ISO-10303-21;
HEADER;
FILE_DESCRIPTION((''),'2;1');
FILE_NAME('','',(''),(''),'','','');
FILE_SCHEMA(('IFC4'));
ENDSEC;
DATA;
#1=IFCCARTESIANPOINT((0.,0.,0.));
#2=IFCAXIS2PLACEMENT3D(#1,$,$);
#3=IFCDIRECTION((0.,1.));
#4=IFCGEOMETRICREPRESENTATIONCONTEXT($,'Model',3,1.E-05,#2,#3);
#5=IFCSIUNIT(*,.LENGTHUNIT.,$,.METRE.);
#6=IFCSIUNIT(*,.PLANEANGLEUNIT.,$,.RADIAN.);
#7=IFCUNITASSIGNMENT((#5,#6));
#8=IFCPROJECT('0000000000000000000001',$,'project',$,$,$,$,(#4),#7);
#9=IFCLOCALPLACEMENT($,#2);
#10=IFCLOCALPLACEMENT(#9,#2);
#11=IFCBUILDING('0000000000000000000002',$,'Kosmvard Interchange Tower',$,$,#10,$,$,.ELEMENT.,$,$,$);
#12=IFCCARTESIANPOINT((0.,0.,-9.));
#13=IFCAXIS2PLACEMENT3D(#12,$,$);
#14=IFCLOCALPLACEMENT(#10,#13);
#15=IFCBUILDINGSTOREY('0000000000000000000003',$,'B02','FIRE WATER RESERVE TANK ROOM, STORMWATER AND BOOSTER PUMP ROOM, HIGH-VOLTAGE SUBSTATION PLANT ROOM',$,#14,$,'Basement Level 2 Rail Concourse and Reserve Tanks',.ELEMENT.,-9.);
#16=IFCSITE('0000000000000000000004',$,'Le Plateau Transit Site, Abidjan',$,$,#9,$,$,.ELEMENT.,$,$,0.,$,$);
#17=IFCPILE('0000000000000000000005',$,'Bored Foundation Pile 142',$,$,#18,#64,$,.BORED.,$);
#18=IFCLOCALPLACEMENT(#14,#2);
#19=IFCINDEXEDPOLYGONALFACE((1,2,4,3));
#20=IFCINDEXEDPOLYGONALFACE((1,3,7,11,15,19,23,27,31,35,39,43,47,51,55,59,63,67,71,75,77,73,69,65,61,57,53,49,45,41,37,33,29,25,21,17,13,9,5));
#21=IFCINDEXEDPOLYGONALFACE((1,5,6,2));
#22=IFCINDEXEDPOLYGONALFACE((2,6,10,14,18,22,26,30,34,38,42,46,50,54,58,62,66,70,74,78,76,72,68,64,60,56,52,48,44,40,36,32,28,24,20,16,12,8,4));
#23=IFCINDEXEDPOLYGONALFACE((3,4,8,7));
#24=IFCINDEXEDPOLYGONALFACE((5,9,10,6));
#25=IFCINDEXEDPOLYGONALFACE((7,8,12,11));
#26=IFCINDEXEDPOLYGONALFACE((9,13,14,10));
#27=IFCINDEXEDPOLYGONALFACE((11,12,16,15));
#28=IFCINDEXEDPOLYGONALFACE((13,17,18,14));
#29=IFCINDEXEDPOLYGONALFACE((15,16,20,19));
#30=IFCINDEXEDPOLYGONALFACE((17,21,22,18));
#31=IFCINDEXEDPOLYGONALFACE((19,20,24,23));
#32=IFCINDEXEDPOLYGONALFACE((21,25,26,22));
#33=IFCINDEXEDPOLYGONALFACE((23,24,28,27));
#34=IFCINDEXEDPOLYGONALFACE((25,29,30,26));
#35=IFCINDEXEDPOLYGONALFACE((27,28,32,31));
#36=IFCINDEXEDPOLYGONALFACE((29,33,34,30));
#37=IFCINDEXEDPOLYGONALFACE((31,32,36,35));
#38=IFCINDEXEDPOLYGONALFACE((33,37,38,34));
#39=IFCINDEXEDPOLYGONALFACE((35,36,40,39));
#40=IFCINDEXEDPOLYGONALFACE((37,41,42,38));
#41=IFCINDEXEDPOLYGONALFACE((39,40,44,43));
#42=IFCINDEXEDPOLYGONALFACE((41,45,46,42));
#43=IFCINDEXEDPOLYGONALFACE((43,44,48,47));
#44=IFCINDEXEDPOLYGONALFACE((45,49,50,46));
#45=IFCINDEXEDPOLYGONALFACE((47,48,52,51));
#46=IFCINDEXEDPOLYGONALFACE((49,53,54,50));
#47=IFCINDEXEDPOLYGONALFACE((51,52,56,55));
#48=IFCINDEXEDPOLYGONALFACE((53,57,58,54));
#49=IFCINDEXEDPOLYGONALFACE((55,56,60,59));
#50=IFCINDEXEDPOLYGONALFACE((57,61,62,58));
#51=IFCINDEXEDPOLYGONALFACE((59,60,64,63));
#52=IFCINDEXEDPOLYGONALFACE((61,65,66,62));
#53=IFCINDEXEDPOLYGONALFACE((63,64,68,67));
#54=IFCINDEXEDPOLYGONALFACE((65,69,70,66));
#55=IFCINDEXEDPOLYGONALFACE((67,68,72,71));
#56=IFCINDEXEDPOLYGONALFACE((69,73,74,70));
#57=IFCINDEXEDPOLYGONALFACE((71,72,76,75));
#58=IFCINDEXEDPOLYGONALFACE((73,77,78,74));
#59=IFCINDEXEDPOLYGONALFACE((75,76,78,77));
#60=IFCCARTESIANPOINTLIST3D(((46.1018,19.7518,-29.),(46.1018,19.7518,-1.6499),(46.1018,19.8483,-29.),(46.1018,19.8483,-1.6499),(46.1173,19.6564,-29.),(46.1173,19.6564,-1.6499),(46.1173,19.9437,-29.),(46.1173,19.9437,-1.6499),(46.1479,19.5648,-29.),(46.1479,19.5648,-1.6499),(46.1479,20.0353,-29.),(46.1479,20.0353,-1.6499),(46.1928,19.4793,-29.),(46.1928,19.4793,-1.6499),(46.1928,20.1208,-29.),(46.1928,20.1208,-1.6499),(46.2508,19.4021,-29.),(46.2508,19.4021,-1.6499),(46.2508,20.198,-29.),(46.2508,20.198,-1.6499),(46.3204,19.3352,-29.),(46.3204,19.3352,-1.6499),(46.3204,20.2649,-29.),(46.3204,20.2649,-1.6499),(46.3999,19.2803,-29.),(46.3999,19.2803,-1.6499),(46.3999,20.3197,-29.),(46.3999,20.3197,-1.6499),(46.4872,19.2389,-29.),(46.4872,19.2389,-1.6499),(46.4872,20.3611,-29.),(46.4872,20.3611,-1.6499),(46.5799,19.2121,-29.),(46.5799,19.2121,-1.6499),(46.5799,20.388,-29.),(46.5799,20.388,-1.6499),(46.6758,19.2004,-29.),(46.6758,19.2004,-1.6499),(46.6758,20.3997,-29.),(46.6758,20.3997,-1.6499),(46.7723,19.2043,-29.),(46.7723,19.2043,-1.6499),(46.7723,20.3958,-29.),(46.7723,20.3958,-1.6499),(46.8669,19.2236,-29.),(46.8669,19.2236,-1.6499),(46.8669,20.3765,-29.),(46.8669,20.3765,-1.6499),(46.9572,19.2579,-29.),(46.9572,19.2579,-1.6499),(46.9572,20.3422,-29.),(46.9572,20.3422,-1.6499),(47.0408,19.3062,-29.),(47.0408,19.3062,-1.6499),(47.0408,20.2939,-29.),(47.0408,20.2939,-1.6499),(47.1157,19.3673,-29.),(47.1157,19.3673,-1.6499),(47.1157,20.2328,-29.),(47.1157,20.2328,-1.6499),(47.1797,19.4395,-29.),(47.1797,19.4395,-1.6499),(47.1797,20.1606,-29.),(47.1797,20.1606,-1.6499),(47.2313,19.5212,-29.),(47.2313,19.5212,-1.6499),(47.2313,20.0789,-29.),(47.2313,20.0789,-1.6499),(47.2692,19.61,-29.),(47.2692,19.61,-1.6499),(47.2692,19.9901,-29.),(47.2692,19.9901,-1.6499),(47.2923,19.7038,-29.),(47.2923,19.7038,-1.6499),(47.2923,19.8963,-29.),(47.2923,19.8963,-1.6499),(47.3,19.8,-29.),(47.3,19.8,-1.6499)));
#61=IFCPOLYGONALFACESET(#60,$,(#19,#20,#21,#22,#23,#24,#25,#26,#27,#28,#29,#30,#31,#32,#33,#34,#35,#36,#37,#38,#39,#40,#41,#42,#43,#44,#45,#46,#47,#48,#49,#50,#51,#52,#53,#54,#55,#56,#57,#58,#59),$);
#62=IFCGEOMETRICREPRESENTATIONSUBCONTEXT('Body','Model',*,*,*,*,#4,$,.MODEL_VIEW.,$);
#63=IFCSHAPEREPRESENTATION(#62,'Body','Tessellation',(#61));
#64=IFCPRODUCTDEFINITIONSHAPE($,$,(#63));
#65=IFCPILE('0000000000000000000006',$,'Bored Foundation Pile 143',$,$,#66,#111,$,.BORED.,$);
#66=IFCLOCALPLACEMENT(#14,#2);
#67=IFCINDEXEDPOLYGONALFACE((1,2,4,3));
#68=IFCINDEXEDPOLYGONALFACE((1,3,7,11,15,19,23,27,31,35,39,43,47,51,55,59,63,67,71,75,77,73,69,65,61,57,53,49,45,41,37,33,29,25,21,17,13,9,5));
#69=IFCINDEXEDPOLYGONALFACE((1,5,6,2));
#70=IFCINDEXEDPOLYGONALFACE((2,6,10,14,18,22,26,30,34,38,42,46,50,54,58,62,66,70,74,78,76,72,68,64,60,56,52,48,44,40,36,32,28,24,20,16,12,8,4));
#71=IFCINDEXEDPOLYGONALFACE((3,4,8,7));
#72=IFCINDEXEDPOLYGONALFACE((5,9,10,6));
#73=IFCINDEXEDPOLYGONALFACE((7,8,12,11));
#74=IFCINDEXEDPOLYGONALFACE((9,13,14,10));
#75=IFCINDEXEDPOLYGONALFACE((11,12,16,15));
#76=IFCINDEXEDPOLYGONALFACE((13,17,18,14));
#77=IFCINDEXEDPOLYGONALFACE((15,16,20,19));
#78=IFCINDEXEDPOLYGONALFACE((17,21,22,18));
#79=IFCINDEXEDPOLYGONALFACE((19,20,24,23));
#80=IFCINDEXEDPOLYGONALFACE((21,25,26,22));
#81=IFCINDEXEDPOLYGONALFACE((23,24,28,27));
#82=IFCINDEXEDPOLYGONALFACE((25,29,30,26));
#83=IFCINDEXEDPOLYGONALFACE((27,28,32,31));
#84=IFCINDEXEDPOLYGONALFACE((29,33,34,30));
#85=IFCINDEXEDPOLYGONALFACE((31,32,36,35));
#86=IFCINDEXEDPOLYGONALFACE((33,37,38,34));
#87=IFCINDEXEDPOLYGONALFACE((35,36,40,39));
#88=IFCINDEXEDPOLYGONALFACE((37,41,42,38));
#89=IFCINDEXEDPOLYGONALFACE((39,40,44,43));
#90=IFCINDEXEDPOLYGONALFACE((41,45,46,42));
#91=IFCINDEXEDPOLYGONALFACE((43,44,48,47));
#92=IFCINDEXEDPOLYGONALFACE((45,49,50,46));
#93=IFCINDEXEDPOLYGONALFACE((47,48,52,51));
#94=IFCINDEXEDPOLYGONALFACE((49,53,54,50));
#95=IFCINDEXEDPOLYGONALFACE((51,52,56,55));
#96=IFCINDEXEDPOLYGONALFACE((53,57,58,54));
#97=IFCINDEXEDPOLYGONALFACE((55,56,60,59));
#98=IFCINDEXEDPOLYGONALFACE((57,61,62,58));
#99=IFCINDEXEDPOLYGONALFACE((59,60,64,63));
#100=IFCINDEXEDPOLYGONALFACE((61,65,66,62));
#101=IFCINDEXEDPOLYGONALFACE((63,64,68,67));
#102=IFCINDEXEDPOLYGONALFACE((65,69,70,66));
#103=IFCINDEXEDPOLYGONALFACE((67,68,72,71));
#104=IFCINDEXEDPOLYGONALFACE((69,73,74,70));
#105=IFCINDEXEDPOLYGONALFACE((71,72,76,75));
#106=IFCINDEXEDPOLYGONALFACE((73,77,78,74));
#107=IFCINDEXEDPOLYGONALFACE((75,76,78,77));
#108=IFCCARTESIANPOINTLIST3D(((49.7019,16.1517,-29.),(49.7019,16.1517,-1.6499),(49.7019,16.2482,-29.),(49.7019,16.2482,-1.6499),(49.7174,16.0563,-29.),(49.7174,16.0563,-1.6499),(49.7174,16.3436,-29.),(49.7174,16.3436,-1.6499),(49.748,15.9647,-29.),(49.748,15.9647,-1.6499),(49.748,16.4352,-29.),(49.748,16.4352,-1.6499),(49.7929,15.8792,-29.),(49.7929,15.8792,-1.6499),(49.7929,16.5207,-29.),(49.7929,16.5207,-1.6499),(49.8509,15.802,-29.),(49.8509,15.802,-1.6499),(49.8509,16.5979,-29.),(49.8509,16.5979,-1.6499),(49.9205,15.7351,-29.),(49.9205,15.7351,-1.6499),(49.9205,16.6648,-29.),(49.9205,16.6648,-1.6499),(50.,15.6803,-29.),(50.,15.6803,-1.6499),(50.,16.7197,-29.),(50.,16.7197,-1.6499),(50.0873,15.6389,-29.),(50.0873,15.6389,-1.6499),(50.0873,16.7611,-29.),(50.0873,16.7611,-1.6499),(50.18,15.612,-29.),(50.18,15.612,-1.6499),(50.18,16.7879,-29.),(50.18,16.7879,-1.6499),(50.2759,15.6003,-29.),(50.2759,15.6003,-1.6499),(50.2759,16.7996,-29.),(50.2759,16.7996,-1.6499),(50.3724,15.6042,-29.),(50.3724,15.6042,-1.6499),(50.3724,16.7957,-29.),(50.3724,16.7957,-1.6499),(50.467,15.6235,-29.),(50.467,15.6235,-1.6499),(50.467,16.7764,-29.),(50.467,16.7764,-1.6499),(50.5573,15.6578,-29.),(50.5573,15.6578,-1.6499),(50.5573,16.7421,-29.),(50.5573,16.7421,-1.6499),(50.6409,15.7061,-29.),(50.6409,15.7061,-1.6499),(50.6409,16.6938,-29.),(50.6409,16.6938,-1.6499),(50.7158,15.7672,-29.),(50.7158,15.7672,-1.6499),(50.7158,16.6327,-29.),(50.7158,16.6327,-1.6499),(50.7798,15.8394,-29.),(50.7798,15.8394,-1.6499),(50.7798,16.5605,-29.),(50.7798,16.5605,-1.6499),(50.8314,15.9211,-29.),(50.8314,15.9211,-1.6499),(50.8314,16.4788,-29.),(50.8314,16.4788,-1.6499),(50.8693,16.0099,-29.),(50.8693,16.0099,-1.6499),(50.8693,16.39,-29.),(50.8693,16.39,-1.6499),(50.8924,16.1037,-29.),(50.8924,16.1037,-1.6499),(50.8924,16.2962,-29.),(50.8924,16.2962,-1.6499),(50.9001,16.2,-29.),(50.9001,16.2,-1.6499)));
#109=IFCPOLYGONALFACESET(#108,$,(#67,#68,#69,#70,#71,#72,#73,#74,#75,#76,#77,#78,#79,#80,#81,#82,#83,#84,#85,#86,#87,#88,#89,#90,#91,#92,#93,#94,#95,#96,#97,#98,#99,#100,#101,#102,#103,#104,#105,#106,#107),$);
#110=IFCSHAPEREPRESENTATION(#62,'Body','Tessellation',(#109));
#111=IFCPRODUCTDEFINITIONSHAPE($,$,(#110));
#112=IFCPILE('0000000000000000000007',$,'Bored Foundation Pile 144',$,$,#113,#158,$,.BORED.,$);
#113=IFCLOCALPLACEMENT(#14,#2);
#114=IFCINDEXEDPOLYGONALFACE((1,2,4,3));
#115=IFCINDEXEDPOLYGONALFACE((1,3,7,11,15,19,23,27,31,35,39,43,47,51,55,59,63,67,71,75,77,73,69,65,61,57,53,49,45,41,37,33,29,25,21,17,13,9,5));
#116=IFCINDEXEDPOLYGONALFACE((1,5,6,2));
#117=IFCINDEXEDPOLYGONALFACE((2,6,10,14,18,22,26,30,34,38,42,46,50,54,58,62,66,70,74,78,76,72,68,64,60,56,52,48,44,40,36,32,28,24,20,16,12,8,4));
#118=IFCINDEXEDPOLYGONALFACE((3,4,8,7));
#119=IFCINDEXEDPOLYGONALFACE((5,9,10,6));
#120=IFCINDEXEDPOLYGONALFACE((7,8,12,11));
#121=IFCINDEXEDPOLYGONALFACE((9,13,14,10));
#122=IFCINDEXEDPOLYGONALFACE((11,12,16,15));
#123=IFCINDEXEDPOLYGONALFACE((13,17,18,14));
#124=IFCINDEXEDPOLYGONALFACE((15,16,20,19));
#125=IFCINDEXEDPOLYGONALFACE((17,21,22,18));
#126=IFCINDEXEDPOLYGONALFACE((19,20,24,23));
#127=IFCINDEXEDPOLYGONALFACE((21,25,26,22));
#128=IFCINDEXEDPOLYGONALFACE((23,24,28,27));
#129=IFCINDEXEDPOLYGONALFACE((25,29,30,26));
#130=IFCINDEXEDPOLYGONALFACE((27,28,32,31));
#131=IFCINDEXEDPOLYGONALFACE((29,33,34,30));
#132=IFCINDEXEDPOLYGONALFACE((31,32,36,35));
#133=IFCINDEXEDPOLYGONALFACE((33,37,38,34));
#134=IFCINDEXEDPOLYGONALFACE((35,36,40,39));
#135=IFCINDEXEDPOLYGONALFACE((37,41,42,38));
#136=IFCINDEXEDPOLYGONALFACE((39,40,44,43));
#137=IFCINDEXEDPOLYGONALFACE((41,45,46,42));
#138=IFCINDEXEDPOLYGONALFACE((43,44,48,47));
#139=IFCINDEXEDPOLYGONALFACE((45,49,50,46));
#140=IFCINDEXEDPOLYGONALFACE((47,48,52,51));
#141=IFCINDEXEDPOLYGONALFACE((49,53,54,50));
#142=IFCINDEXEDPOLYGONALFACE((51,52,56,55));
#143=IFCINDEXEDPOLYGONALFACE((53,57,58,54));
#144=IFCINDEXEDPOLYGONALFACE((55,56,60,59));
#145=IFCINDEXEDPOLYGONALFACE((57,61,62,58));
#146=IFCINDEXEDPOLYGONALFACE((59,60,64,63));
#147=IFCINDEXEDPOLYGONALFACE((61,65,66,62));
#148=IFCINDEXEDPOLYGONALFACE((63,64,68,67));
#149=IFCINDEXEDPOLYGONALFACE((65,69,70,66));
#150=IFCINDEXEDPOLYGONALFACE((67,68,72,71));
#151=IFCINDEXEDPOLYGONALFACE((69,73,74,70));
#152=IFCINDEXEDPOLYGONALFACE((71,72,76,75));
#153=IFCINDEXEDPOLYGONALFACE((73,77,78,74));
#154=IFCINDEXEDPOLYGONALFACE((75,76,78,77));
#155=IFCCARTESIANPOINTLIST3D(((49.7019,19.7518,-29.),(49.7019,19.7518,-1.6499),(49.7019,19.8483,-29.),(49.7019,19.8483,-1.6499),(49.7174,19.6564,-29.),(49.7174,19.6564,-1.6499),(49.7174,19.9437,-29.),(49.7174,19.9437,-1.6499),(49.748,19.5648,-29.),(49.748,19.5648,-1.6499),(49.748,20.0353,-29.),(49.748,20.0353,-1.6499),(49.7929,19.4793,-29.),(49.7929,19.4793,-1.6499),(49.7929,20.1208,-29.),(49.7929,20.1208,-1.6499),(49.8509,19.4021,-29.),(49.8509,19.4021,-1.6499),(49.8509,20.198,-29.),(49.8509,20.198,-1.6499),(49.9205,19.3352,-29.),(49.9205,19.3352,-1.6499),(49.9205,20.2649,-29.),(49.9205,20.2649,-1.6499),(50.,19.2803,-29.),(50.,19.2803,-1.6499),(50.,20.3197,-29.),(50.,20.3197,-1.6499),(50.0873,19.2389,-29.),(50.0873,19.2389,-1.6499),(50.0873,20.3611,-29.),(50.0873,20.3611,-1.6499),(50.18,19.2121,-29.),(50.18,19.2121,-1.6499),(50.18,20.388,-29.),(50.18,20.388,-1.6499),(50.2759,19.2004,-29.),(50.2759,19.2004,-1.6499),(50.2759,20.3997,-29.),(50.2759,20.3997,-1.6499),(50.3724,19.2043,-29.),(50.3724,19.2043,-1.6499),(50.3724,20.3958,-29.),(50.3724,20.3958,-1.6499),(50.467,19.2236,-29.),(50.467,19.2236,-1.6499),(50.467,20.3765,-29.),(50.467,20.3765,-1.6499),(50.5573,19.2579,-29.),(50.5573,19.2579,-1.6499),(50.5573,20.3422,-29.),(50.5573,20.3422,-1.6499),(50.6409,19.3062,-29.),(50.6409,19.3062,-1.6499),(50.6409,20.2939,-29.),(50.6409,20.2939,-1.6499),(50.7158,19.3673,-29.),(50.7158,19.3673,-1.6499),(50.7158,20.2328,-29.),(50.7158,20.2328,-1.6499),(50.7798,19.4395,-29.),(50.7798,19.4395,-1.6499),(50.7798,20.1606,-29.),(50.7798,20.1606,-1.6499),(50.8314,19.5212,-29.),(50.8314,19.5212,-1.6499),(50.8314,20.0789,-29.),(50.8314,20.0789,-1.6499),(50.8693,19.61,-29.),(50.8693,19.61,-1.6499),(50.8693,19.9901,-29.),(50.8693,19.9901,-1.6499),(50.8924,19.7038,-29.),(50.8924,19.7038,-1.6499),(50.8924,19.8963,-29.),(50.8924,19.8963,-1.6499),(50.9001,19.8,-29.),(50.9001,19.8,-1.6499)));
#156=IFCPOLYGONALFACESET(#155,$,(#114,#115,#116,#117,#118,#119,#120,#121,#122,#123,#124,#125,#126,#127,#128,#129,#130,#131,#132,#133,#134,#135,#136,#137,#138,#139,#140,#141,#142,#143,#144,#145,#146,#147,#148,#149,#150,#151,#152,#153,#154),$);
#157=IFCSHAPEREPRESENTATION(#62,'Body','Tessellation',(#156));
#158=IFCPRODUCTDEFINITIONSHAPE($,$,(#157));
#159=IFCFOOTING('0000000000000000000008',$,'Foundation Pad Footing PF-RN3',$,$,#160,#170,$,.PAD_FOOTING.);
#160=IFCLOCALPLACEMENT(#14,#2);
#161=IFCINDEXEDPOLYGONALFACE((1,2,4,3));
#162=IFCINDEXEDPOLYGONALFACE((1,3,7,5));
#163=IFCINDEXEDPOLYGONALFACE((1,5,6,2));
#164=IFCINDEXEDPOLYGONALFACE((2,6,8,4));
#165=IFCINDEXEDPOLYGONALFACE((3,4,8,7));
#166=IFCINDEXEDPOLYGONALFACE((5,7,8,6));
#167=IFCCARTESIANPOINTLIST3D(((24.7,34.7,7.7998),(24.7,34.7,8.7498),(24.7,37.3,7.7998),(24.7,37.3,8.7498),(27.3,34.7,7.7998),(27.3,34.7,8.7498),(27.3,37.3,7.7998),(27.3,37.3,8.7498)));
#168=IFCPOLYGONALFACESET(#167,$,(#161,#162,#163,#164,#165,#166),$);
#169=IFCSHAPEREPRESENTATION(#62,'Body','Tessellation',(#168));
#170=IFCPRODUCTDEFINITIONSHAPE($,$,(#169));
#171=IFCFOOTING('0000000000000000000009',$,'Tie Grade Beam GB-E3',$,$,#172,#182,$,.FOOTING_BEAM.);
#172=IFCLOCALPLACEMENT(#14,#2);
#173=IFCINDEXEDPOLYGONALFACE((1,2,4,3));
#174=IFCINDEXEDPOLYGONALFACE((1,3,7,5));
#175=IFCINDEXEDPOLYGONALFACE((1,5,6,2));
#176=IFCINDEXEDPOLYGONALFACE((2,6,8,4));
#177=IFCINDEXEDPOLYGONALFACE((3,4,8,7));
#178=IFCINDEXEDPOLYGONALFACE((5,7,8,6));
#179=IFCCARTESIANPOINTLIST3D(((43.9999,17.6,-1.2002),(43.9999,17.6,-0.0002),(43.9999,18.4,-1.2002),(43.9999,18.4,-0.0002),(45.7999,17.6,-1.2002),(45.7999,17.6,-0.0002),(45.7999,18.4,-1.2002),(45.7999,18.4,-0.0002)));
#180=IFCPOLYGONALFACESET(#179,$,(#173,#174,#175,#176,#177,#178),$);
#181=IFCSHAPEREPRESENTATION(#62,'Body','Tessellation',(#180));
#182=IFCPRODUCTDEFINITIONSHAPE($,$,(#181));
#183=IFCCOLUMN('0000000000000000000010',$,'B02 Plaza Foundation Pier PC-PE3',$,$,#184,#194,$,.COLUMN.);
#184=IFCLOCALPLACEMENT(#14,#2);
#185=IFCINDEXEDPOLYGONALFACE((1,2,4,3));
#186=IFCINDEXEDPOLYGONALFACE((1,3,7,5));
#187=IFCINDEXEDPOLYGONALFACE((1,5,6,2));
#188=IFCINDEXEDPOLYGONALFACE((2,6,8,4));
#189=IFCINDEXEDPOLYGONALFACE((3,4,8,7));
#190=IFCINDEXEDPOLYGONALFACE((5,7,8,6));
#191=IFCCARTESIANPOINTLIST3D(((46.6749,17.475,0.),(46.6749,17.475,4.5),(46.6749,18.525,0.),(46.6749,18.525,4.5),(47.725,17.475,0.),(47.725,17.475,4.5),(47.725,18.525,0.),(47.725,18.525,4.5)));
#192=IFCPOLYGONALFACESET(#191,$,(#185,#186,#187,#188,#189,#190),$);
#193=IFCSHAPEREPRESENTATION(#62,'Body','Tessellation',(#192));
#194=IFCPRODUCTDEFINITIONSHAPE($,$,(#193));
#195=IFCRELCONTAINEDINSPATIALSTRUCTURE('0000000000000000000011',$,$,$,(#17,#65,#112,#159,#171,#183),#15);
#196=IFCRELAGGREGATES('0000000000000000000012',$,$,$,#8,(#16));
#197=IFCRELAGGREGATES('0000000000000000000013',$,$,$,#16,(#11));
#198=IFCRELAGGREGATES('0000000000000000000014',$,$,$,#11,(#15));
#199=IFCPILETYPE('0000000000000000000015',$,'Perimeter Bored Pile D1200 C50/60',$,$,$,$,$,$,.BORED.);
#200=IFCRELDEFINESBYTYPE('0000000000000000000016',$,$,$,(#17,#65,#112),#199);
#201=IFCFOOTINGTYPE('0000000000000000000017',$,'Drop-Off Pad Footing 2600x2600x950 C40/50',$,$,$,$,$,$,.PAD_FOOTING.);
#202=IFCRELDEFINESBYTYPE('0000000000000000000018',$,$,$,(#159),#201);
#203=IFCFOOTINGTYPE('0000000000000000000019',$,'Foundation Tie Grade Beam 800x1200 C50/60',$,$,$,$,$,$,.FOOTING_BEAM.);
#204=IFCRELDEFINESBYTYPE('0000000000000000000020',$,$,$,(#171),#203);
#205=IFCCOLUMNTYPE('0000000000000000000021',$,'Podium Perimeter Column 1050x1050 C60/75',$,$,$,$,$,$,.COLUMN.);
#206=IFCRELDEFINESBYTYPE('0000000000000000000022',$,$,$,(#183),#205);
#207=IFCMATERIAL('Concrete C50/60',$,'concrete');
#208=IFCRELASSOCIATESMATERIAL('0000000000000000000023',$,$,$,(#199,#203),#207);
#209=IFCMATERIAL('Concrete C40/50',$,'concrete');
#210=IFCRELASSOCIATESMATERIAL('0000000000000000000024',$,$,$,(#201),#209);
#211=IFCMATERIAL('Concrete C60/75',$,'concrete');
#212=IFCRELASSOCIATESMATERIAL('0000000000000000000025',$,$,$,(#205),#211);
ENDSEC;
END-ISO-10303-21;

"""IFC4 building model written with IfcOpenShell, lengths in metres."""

from ifc_helpers import new_model, si_unit, direction, frame, origin, origin_2d, place, context, subcontext, project, spatial, rectangle, circle, extrude, source, transform, mapped, material, material_profile, profile_set, type_object, element, save


model = new_model("IFC4")

# Units and contexts
model_context = context("Model", 3, precision=1e-05, world=origin(), true_north=direction((0.0, 1.0)))
body_context = subcontext(model_context, "Body", "Model", "MODEL_VIEW")
ifc_project = project(units=[si_unit("LENGTHUNIT", "METRE"), si_unit("PLANEANGLEUNIT", "RADIAN")], contexts=[model_context])

# Site, building, storey
site_placement = place(None, origin())
site = spatial("IfcSite", under=ifc_project, at=site_placement, Name="Le Plateau Transit Site, Abidjan", CompositionType="ELEMENT", RefElevation=0.0)
building_placement = place(site_placement, origin())
building = spatial("IfcBuilding", under=site, at=building_placement, Name="Kosmvard Interchange Tower", CompositionType="ELEMENT")
storey_placement = place(building_placement, frame((0.0, 0.0, -9.0)))
storey = spatial("IfcBuildingStorey", under=building, at=storey_placement, Name="B02", Description="FIRE WATER RESERVE TANK ROOM, STORMWATER AND BOOSTER PUMP ROOM, HIGH-VOLTAGE SUBSTATION PLANT ROOM", LongName="Basement Level 2 Rail Concourse and Reserve Tanks", CompositionType="ELEMENT", Elevation=-9.0)

# Shared definitions
ifc_material_1 = material(Name="Concrete C50/60", Category="concrete")
ifc_material_profile_1 = material_profile(ifc_material_1, circle(Radius=0.6001, at=origin_2d()), Name="PILE D1200")
ifc_profile_set_1 = profile_set([ifc_material_profile_1], Name="Concrete C50/60")
pile_type = type_object("IfcPileType", Name="Perimeter Bored Pile D1200 C50/60", PredefinedType="BORED", material=ifc_profile_set_1)

# Piles
shared_shape_1 = source(origin(), body_context, "Body", "SweptSolid", [
    extrude(circle(Radius=0.6001, at=origin_2d()), origin(), (0.0, 0.0, 1.0), 27.3501),
])
for number, where, z_axis, x_axis, name in (
    (1, (46.7, 19.8, -1.6499), (0.0, 0.0, -1.0), (1.0, 0.0, 0.0), "Bored Foundation Pile 142"),
    (2, (50.3, 16.2, -1.6499), (0.0, 0.0, -1.0), (1.0, 0.0, 0.0), "Bored Foundation Pile 143"),
    (3, (50.3, 19.8, -1.6499), (0.0, 0.0, -1.0), (1.0, 0.0, 0.0), "Bored Foundation Pile 144"),
):
    element("IfcPile", number, at=place(storey_placement, frame(where, z_axis=z_axis, x_axis=x_axis)), inside=storey, type_object=pile_type, Name=name, PredefinedType="BORED", context=body_context, shape_type="MappedRepresentation", body=[
        mapped(shared_shape_1, transform((0.0, 0.0, 0.0), scale=1.0)),
    ])

# Footings
ifc_material_2 = material(Name="Concrete C40/50", Category="concrete")
footing_type_1 = type_object("IfcFootingType", Name="Drop-Off Pad Footing 2600x2600x950 C40/50", PredefinedType="PAD_FOOTING", material=ifc_material_2)
shared_shape_2 = source(origin(), body_context, "Body", "SweptSolid", [
    extrude(rectangle(XDim=2.6001, YDim=2.6001, at=origin_2d()), origin(), (0.0, 0.0, 1.0), 0.95),
])
footing_1_placement = place(storey_placement, frame((26.0, 36.0, 7.7998), z_axis=(0.0, 0.0, 1.0), x_axis=(1.0, 0.0, 0.0)))
element("IfcFooting", 4, at=footing_1_placement, inside=storey, type_object=footing_type_1, Name="Foundation Pad Footing PF-RN3", PredefinedType="PAD_FOOTING", context=body_context, shape_type="MappedRepresentation", body=[
    mapped(shared_shape_2, transform((0.0, 0.0, 0.0), scale=1.0)),
])
ifc_material_profile_2 = material_profile(ifc_material_1, rectangle(XDim=0.8, YDim=1.2, at=origin_2d()), Name="GB 800x1200")
ifc_profile_set_2 = profile_set([ifc_material_profile_2], Name="Concrete C50/60")
footing_type_2 = type_object("IfcFootingType", Name="Foundation Tie Grade Beam 800x1200 C50/60", PredefinedType="FOOTING_BEAM", material=ifc_profile_set_2)
shared_shape_3 = source(origin(), body_context, "Body", "SweptSolid", [
    extrude(rectangle(XDim=1.8, YDim=0.8, at=origin_2d()), origin(), (0.0, 0.0, 1.0), 1.2),
])
footing_2_placement = place(storey_placement, frame((44.8999, 18.0, -1.2002), z_axis=(0.0, 0.0, 1.0), x_axis=(1.0, 0.0, 0.0)))
element("IfcFooting", 5, at=footing_2_placement, inside=storey, type_object=footing_type_2, Name="Tie Grade Beam GB-E3", PredefinedType="FOOTING_BEAM", context=body_context, shape_type="MappedRepresentation", body=[
    mapped(shared_shape_3, transform((0.0, 0.0, 0.0), scale=1.0)),
])

# Column
ifc_material_3 = material(Name="Concrete C60/75", Category="concrete")
ifc_material_profile_3 = material_profile(ifc_material_3, rectangle(XDim=1.05, YDim=1.05, at=origin_2d()), Name="PC 1050x1050")
ifc_profile_set_3 = profile_set([ifc_material_profile_3], Name="Concrete C60/75")
column_type_1 = type_object("IfcColumnType", Name="Podium Perimeter Column 1050x1050 C60/75", PredefinedType="COLUMN", material=ifc_profile_set_3)
shared_shape_4 = source(origin(), body_context, "Body", "SweptSolid", [
    extrude(rectangle(XDim=1.05, YDim=1.05, at=origin_2d()), origin(), (0.0, 0.0, 1.0), 4.5),
])
for number, where, z_axis, x_axis, name in (
    (6, (47.2, 18.0, 0.0), (0.0, 0.0, 1.0), (1.0, 0.0, 0.0), "B02 Plaza Foundation Pier PC-PE3"),
):
    element("IfcColumn", number, at=place(storey_placement, frame(where, z_axis=z_axis, x_axis=x_axis)), inside=storey, type_object=column_type_1, Name=name, PredefinedType="COLUMN", context=body_context, shape_type="MappedRepresentation", body=[
        mapped(shared_shape_4, transform((0.0, 0.0, 0.0), scale=1.0)),
    ])

save(model, "model.ifc")
